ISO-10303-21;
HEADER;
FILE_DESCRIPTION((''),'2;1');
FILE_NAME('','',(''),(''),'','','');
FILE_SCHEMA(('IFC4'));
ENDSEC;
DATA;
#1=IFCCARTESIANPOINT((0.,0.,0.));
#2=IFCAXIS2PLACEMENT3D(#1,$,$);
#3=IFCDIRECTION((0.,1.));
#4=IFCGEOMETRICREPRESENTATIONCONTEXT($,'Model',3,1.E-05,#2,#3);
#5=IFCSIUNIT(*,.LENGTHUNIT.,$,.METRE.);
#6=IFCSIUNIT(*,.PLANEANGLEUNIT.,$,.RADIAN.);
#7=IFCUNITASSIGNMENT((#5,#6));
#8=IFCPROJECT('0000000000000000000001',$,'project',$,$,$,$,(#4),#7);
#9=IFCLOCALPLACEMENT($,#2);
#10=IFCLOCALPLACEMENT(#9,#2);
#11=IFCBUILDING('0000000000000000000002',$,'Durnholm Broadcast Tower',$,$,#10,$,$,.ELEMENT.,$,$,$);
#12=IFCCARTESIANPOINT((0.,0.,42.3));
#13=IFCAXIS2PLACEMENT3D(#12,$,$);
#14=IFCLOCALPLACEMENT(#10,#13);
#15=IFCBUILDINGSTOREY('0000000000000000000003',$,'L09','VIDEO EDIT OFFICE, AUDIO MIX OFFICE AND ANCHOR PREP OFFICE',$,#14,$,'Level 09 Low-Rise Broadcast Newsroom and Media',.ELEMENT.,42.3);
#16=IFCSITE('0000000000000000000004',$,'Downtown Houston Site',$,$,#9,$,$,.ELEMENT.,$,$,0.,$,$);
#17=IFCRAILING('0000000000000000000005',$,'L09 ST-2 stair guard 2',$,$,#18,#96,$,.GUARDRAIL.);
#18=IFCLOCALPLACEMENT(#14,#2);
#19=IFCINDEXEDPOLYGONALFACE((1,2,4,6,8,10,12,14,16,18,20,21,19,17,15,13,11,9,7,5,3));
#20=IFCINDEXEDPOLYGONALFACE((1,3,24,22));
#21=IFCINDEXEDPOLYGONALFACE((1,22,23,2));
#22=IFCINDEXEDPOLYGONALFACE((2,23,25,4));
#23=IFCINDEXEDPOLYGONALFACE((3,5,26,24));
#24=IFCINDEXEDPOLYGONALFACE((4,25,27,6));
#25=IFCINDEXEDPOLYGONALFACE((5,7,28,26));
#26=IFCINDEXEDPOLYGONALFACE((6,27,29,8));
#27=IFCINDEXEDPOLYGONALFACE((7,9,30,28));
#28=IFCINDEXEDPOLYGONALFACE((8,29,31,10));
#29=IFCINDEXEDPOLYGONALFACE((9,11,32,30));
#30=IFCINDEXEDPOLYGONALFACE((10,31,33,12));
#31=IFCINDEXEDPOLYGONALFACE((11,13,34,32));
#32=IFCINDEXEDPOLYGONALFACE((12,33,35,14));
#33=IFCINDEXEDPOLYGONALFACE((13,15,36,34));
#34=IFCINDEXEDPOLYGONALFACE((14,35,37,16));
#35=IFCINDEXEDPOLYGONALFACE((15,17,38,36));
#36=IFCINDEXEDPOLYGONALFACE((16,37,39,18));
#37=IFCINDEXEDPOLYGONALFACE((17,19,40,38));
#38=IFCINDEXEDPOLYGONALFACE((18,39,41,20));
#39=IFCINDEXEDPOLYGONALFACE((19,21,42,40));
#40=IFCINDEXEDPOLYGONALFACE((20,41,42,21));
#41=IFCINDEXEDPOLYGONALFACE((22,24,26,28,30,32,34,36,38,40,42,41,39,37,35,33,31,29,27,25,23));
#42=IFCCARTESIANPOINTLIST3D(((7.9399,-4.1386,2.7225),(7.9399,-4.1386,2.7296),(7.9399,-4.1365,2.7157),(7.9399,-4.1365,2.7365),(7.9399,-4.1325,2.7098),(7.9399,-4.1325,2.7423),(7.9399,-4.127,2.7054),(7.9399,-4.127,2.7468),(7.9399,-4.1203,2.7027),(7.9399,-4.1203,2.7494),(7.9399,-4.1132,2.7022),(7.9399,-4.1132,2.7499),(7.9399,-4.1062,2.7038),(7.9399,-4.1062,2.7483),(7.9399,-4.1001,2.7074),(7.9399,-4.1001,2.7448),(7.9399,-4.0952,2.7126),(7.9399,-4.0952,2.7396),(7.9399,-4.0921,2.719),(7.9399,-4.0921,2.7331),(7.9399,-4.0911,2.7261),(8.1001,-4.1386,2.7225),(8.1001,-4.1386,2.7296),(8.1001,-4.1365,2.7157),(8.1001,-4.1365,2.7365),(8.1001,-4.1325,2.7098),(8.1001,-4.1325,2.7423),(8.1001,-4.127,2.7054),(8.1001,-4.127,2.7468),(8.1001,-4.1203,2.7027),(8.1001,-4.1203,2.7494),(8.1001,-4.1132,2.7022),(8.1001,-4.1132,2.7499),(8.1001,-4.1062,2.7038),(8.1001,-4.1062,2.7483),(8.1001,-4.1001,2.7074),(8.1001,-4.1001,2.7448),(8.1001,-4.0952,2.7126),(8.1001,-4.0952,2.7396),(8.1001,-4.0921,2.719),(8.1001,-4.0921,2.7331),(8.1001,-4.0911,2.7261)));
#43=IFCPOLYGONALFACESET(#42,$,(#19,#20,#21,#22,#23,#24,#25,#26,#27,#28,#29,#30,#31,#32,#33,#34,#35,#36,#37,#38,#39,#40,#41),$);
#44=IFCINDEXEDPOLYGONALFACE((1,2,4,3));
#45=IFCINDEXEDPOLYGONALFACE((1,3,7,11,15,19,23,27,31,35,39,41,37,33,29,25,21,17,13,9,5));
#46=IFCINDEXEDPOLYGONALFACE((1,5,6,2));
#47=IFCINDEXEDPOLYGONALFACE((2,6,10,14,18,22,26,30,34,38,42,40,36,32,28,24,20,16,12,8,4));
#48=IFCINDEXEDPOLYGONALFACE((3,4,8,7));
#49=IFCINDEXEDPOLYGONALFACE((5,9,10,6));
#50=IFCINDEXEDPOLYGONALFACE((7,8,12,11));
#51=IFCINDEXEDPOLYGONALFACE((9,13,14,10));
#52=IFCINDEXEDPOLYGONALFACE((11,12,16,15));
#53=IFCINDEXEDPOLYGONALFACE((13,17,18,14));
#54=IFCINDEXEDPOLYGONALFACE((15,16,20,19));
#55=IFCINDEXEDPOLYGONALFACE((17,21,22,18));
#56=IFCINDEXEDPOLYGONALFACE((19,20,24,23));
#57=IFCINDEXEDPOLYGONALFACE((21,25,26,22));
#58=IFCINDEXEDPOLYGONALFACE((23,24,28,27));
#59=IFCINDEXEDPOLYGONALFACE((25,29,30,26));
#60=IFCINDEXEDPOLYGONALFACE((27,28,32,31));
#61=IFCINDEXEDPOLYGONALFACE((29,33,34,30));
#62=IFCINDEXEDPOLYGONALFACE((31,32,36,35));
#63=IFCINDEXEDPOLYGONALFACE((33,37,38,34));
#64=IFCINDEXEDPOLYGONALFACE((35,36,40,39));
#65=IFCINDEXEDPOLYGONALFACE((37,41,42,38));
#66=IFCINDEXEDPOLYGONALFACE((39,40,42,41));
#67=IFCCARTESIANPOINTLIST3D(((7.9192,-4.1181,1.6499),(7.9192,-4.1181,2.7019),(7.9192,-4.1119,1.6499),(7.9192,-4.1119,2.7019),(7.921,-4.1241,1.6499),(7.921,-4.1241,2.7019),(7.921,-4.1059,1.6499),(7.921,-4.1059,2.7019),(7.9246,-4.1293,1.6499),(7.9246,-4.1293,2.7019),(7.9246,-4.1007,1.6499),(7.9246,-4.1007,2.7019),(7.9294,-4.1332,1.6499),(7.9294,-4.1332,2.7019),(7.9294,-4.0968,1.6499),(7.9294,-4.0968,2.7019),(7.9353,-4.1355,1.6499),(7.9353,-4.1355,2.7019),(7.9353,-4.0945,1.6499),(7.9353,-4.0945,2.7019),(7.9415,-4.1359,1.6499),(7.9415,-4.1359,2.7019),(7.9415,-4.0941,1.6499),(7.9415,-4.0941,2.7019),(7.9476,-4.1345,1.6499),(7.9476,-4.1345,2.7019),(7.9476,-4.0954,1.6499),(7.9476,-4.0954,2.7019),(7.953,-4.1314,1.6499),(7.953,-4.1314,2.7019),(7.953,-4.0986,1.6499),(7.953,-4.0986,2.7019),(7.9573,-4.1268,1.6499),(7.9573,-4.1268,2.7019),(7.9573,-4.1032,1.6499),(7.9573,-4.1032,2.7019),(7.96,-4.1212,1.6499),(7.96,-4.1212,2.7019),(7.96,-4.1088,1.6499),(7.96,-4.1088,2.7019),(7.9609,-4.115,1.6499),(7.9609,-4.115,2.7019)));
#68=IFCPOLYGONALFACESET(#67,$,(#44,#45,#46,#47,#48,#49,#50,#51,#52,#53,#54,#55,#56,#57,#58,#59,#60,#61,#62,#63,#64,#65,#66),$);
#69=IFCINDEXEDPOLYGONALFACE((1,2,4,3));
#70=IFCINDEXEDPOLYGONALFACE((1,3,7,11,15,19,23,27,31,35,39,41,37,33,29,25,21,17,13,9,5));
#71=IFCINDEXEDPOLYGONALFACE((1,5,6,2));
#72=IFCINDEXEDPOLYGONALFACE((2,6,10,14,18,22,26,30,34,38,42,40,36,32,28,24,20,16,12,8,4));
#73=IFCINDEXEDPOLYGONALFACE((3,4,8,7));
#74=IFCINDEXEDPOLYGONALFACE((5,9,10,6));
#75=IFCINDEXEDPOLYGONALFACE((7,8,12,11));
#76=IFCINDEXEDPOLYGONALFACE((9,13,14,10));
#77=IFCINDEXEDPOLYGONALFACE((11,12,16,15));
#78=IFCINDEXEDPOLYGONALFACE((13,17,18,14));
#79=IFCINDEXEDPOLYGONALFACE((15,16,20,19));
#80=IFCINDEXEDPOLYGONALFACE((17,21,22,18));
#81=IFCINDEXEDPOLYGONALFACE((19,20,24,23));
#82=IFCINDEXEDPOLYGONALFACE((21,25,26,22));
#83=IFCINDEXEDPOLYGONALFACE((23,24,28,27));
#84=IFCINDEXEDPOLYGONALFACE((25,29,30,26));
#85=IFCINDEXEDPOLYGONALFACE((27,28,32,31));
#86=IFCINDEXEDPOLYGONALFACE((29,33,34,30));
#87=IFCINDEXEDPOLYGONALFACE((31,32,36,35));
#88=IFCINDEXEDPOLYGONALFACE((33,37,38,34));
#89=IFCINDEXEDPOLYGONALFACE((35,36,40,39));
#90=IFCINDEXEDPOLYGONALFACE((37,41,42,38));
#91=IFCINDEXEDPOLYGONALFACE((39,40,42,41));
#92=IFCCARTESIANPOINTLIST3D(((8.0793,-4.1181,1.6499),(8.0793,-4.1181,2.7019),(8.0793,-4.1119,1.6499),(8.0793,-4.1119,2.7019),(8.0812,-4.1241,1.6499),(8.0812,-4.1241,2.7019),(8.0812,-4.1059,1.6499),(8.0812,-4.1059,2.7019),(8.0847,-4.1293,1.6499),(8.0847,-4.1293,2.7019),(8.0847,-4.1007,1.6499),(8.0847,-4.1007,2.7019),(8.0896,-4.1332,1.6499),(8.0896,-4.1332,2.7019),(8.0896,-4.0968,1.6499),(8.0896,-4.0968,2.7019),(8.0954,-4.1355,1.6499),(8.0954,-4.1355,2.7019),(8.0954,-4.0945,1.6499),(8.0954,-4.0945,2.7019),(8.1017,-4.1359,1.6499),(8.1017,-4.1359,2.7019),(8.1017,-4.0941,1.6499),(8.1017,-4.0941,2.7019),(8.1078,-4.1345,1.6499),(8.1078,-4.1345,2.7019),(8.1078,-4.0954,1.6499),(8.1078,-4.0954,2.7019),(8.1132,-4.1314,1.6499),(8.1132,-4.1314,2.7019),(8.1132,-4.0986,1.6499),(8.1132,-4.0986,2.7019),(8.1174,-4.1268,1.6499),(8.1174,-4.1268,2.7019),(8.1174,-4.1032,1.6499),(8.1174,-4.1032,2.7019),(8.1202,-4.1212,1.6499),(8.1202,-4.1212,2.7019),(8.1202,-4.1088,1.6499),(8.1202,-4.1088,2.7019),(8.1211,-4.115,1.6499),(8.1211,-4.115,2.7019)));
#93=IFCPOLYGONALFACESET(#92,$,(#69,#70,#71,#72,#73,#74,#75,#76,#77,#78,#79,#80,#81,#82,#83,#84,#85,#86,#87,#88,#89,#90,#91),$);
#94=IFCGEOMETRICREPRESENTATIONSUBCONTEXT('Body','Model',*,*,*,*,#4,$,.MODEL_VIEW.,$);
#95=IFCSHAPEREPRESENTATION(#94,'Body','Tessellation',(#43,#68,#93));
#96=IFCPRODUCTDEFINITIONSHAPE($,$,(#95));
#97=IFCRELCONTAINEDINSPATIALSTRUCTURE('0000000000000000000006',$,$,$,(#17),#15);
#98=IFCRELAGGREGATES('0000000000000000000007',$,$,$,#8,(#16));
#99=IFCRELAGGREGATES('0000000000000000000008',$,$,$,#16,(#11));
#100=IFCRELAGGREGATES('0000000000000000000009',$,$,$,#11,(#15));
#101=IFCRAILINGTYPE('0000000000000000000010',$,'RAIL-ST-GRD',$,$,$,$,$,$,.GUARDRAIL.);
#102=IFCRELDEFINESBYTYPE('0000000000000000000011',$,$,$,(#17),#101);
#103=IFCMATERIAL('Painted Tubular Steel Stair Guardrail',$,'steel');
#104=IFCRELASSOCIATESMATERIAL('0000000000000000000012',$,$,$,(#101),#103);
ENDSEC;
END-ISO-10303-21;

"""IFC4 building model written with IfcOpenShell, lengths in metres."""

from ifc_helpers import new_model, si_unit, direction, frame, origin, origin_2d, place, context, subcontext, project, spatial, circle, extrude, material, type_object, element, save


model = new_model("IFC4")

# Units and contexts
model_context = context("Model", 3, precision=1e-05, world=origin(), true_north=direction((0.0, 1.0)))
body_context = subcontext(model_context, "Body", "Model", "MODEL_VIEW")
ifc_project = project(units=[si_unit("LENGTHUNIT", "METRE"), si_unit("PLANEANGLEUNIT", "RADIAN")], contexts=[model_context])

# Site, building, storey
site_placement = place(None, origin())
site = spatial("IfcSite", under=ifc_project, at=site_placement, Name="Downtown Houston Site", CompositionType="ELEMENT", RefElevation=0.0)
building_placement = place(site_placement, origin())
building = spatial("IfcBuilding", under=site, at=building_placement, Name="Durnholm Broadcast Tower", CompositionType="ELEMENT")
storey_placement = place(building_placement, frame((0.0, 0.0, 42.3)))
storey = spatial("IfcBuildingStorey", under=building, at=storey_placement, Name="L09", Description="VIDEO EDIT OFFICE, AUDIO MIX OFFICE AND ANCHOR PREP OFFICE", LongName="Level 09 Low-Rise Broadcast Newsroom and Media", CompositionType="ELEMENT", Elevation=42.3)

# Railing
ifc_material_1 = material(Name="Painted Tubular Steel Stair Guardrail", Category="steel")
railing_type_1 = type_object("IfcRailingType", Name="RAIL-ST-GRD", PredefinedType="GUARDRAIL", material=ifc_material_1)
railing_1_placement = place(storey_placement, frame((7.9399, -4.115, 1.6499)))
element("IfcRailing", 1, at=railing_1_placement, inside=storey, type_object=railing_type_1, Name="L09 ST-2 stair guard 2", PredefinedType="GUARDRAIL", context=body_context, shape_type="SweptSolid", body=[
    extrude(circle(Radius=0.0239, at=origin_2d()), frame((0.0, 0.0, 1.0762), z_axis=(1.0, 0.0, 0.0), x_axis=(0.0, 1.0, 0.0)), (0.0, 0.0, 1.0), 0.1602),
    extrude(circle(Radius=0.021, at=origin_2d()), origin(), (0.0, 0.0, 1.0), 1.052),
    extrude(circle(Radius=0.021, at=origin_2d()), frame((0.1602, 0.0, 0.0)), (0.0, 0.0, 1.0), 1.052),
])

save(model, "model.ifc")
